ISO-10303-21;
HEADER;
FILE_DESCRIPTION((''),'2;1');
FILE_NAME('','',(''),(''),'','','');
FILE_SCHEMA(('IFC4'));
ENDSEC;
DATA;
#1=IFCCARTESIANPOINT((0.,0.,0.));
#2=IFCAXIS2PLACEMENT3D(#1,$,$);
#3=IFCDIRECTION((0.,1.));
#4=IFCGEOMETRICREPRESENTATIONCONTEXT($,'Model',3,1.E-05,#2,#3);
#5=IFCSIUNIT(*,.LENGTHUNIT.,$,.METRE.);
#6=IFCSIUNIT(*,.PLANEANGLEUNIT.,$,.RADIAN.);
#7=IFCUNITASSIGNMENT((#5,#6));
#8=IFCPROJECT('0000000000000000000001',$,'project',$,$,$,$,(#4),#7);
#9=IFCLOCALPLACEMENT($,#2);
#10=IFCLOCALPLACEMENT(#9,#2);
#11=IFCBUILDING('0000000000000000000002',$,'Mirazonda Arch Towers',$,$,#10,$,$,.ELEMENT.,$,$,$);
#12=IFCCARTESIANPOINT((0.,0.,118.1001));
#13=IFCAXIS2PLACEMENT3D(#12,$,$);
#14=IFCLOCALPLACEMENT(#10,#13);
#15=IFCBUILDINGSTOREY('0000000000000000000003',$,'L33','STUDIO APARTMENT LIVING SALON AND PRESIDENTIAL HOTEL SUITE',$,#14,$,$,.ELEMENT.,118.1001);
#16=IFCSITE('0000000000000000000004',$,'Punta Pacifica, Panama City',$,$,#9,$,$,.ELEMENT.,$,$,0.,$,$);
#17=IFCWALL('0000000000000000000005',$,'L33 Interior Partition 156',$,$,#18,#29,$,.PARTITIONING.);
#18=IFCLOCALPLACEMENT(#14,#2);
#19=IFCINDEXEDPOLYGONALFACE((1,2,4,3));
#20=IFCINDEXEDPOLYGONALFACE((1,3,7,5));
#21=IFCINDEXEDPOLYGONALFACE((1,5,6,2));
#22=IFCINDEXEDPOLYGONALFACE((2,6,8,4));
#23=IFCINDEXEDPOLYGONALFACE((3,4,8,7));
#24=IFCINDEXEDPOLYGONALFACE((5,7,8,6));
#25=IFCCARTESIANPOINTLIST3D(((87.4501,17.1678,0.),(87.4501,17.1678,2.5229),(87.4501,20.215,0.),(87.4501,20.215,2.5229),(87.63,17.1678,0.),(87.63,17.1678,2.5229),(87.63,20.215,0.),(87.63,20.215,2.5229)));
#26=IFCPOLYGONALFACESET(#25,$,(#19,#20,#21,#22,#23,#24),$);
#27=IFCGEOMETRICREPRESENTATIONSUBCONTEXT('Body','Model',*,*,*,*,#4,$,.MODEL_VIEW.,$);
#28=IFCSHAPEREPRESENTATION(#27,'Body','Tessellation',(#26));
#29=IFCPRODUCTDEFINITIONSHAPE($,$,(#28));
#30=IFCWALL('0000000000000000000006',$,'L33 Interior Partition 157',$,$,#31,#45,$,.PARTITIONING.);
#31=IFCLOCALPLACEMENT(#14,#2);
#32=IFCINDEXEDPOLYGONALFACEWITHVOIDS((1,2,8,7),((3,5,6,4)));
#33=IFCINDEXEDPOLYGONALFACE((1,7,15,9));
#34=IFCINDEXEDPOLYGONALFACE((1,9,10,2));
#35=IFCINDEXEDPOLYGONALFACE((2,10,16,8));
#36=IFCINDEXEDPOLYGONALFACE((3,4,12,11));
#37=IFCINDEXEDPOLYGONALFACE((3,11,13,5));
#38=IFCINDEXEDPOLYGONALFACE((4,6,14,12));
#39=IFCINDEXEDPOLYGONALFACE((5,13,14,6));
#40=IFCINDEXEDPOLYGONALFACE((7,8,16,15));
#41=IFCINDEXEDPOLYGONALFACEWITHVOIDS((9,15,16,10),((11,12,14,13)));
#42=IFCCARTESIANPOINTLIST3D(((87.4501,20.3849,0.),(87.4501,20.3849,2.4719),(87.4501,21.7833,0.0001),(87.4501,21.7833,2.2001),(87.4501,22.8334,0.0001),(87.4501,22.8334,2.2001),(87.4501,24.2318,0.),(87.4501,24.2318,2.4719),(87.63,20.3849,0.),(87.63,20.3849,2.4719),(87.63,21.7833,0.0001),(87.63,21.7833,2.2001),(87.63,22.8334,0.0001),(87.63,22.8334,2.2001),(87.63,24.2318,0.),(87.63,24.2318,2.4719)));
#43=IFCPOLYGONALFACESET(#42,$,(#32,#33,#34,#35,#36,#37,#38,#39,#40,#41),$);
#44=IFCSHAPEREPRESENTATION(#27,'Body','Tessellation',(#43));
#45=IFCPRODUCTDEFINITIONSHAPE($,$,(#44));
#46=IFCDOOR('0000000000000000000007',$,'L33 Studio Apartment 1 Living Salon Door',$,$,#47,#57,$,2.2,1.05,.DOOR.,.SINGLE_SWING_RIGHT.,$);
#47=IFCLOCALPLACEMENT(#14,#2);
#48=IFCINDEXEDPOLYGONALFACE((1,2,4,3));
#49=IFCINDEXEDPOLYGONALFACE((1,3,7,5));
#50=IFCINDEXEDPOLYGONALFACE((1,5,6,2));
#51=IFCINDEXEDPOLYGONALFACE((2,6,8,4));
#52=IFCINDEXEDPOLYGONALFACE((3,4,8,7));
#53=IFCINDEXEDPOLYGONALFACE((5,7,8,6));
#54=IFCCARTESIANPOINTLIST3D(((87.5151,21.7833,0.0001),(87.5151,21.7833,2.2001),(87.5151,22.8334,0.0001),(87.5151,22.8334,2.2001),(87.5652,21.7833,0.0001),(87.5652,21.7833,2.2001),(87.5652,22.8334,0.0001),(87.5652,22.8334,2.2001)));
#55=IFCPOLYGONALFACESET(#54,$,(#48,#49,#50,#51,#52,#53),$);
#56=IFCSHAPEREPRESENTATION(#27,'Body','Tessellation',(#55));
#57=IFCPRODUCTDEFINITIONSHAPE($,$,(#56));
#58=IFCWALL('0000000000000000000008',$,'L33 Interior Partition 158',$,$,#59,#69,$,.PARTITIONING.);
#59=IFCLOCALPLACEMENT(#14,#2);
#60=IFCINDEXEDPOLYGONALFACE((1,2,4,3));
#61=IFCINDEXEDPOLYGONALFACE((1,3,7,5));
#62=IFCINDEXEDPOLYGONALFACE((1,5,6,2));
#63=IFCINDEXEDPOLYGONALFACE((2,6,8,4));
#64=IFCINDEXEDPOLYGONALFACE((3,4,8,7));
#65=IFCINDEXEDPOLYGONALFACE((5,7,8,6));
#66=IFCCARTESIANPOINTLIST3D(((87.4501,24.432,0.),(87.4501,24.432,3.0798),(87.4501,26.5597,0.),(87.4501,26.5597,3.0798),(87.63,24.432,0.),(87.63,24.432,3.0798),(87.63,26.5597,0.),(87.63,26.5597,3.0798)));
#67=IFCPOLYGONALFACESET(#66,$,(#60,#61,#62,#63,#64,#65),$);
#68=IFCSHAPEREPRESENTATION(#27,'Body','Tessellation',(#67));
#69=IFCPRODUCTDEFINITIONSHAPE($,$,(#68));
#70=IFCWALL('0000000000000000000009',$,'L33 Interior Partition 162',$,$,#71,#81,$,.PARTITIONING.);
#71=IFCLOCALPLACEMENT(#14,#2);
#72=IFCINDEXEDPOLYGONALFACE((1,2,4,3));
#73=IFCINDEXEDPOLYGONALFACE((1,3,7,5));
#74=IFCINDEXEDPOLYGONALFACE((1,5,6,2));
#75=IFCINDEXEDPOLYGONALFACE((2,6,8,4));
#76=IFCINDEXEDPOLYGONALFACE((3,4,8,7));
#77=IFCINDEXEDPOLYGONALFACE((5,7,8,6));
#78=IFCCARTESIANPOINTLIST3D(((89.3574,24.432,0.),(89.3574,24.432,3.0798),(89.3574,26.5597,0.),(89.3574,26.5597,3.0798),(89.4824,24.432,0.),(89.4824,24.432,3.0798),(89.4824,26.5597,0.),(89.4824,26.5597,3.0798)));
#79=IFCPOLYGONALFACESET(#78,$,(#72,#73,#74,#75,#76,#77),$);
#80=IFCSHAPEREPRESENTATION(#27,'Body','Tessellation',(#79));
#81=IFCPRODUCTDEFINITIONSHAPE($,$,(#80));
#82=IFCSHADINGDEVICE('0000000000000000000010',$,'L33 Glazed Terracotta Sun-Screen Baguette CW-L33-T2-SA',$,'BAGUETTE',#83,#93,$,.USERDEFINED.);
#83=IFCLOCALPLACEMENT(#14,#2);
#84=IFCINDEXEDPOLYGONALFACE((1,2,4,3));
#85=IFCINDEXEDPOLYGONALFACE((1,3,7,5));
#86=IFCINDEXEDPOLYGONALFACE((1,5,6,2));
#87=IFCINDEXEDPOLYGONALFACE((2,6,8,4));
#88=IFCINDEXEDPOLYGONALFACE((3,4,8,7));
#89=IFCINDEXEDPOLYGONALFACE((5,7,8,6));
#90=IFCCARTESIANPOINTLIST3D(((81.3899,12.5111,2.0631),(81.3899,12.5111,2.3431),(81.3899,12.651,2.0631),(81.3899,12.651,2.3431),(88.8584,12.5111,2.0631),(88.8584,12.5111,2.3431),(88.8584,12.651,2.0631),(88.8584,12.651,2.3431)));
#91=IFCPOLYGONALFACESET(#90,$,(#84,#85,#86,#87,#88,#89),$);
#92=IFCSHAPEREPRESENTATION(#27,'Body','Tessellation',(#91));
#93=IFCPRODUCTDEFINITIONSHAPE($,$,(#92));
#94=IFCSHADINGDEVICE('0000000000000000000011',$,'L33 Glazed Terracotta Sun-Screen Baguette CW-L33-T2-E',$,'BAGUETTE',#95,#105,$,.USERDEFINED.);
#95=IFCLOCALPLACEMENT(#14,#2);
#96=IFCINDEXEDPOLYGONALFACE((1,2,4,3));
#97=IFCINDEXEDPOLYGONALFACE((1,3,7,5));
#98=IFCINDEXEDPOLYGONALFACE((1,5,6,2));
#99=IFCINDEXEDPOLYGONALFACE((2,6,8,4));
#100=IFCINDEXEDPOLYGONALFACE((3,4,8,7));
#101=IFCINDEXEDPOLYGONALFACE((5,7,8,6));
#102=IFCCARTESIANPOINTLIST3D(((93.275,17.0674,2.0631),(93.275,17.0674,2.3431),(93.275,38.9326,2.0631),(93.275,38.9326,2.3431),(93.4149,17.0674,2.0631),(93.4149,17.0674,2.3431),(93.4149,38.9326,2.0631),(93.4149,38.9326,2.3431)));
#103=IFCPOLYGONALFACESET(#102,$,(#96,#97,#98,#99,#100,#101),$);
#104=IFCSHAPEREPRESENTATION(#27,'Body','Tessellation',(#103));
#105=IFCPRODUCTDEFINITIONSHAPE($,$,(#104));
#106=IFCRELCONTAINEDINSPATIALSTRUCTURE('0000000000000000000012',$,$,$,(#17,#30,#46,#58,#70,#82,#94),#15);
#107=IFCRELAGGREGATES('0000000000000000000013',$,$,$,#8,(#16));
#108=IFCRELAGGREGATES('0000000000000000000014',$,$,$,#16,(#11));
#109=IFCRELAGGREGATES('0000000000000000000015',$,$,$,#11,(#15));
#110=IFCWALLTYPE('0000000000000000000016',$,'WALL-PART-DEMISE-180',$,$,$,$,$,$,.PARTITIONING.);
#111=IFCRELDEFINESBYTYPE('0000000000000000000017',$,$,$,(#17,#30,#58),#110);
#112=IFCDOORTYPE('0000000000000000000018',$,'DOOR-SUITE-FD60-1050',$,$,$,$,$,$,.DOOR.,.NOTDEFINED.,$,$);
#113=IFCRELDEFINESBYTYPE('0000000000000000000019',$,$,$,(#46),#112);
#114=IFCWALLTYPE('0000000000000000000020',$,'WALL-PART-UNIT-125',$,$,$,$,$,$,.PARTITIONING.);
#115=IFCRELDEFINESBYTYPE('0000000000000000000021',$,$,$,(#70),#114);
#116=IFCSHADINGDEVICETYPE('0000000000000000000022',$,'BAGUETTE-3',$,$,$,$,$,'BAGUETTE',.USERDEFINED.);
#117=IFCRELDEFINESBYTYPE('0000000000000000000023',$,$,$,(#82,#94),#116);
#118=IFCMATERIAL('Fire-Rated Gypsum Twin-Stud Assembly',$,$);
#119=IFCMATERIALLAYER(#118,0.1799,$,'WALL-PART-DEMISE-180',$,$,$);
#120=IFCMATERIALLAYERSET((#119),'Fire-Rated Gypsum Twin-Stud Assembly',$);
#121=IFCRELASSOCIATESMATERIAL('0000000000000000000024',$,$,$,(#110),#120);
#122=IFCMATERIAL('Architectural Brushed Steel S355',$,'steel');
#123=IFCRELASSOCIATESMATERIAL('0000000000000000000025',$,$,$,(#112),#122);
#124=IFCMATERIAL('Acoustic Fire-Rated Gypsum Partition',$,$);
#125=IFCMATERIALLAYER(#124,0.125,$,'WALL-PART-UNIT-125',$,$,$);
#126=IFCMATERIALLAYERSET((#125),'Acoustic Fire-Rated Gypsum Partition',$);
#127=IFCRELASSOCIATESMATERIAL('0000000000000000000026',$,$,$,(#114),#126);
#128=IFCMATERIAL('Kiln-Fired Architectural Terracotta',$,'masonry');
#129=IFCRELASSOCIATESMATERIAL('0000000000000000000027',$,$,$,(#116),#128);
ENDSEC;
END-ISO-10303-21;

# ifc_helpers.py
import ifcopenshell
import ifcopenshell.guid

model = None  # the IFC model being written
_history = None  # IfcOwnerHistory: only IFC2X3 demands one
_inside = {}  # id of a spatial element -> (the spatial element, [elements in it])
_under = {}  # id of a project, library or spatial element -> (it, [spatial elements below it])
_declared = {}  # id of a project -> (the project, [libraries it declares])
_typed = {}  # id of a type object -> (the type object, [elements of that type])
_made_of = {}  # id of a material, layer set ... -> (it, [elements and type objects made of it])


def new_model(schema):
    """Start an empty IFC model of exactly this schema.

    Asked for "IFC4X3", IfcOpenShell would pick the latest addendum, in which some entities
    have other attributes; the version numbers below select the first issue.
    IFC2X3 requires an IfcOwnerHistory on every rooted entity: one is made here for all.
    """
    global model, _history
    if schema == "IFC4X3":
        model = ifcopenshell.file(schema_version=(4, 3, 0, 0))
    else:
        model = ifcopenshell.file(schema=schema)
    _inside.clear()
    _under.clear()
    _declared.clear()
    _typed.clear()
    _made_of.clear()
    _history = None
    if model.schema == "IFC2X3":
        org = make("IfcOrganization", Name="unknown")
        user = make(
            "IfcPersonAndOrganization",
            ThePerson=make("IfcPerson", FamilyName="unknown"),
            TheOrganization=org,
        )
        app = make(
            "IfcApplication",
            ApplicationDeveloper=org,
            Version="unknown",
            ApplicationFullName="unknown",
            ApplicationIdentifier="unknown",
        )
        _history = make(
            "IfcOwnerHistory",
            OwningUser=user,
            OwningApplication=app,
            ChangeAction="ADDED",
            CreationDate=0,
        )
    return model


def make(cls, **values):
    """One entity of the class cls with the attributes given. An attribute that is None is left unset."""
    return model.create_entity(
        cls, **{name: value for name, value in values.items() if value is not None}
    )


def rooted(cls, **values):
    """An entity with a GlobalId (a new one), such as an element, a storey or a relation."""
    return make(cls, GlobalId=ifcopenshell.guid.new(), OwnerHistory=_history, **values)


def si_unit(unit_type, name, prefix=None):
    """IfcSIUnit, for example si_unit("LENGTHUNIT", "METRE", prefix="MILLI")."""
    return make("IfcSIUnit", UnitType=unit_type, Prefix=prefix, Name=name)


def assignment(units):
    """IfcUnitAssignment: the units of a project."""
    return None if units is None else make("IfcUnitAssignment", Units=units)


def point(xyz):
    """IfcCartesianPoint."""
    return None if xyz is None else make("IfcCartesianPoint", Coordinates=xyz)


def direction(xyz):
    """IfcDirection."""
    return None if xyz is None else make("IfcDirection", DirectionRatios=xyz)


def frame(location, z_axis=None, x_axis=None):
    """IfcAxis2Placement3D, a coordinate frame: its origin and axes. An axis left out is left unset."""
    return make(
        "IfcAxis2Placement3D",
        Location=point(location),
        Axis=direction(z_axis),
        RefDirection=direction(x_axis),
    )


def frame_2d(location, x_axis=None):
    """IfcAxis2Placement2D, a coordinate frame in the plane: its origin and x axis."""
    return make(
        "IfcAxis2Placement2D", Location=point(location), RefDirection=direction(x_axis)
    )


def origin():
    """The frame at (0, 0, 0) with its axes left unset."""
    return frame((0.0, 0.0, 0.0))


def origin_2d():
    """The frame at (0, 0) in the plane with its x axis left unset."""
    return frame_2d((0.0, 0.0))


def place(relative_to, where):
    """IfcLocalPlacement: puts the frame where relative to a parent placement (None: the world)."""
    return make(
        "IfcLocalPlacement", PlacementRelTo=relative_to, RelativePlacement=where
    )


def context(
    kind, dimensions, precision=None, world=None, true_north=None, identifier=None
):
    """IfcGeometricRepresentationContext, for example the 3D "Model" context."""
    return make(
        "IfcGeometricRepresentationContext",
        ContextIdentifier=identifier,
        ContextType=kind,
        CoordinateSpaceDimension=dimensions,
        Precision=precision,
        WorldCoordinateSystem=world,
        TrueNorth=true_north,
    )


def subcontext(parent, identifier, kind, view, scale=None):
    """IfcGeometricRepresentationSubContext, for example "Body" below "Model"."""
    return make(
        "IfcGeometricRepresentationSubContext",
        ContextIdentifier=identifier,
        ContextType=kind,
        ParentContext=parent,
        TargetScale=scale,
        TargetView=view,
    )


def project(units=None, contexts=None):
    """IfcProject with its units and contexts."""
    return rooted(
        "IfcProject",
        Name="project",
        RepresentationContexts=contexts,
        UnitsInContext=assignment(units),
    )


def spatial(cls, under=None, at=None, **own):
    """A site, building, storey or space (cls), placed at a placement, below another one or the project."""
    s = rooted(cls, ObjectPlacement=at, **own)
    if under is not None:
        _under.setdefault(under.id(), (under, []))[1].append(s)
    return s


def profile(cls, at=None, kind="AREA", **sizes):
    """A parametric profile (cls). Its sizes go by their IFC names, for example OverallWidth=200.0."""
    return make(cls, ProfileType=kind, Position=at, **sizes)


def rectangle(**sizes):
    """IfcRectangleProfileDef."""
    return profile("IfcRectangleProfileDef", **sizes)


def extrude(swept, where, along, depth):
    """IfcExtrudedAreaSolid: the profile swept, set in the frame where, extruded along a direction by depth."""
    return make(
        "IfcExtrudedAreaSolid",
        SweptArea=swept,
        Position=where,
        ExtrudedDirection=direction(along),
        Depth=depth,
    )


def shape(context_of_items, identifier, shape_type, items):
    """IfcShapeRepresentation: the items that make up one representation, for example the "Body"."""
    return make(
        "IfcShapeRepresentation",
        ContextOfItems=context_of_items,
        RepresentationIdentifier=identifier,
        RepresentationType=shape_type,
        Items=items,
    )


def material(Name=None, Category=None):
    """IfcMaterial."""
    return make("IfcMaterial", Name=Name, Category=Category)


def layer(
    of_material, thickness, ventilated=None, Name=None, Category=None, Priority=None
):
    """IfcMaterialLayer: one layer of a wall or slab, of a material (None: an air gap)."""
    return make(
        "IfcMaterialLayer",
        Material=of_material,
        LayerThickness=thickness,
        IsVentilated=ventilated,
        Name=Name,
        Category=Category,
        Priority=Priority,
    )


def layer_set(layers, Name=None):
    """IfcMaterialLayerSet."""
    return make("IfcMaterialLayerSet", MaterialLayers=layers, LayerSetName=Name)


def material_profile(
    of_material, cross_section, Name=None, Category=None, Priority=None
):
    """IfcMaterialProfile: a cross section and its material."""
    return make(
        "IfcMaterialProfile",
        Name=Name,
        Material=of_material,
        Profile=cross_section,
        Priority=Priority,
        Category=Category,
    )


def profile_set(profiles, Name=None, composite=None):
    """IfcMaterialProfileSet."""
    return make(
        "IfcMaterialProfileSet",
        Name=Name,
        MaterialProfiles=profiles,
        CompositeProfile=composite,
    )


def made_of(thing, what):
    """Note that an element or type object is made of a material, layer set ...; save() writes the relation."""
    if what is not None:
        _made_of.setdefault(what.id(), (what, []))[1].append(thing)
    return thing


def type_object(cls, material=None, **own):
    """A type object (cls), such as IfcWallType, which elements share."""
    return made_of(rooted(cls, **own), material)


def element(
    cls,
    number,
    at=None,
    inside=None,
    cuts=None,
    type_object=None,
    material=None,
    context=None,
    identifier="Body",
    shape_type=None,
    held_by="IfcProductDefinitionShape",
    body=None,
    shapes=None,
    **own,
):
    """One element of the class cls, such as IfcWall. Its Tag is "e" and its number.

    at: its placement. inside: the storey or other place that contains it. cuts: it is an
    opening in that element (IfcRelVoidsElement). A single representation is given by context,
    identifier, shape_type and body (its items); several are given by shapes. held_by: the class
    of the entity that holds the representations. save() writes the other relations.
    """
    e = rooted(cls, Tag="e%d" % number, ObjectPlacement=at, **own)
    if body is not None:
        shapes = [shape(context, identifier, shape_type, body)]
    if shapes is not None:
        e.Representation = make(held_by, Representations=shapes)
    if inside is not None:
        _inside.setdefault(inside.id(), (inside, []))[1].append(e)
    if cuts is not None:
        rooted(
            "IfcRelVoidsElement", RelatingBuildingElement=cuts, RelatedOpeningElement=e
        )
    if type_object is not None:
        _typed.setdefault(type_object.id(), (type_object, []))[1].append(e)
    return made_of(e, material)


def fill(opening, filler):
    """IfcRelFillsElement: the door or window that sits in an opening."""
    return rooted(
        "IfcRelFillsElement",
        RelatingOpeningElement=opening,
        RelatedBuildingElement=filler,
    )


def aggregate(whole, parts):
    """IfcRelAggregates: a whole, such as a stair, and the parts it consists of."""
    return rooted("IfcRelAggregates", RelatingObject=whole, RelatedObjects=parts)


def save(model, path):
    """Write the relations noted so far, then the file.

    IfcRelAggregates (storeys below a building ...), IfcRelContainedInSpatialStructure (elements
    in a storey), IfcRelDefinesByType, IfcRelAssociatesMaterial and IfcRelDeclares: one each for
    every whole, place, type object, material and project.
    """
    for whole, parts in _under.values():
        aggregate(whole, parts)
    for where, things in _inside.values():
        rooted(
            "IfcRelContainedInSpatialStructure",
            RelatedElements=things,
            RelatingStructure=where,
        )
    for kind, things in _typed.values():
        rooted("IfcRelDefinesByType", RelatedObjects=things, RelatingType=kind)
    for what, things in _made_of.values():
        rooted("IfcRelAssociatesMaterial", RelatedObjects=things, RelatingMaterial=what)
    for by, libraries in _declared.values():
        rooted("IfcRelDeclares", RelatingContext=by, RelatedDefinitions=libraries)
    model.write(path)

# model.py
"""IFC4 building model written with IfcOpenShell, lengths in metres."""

from ifc_helpers import new_model, si_unit, direction, frame, frame_2d, origin, origin_2d, place, context, subcontext, project, spatial, rectangle, extrude, material, layer, layer_set, material_profile, profile_set, type_object, element, fill, save


model = new_model("IFC4")

# Units and contexts
model_context = context("Model", 3, precision=1e-05, world=origin(), true_north=direction((0.0, 1.0)))
body_context = subcontext(model_context, "Body", "Model", "MODEL_VIEW")
ifc_project = project(units=[si_unit("LENGTHUNIT", "METRE"), si_unit("PLANEANGLEUNIT", "RADIAN")], contexts=[model_context])

# Site, building, storey
site_placement = place(None, origin())
site = spatial("IfcSite", under=ifc_project, at=site_placement, Name="Punta Pacifica, Panama City", CompositionType="ELEMENT", RefElevation=0.0)
building_placement = place(site_placement, origin())
building = spatial("IfcBuilding", under=site, at=building_placement, Name="Mirazonda Arch Towers", CompositionType="ELEMENT")
storey_placement = place(building_placement, frame((0.0, 0.0, 118.1001)))
storey = spatial("IfcBuildingStorey", under=building, at=storey_placement, Name="L33", Description="STUDIO APARTMENT LIVING SALON AND PRESIDENTIAL HOTEL SUITE", CompositionType="ELEMENT", Elevation=118.1001)

# Shared definitions
ifc_material_1 = material(Name="Fire-Rated Gypsum Twin-Stud Assembly")
ifc_layer_1 = layer(ifc_material_1, 0.1799, Name="WALL-PART-DEMISE-180")
ifc_layer_set_1 = layer_set([ifc_layer_1], Name="Fire-Rated Gypsum Twin-Stud Assembly")
wall_type_1 = type_object("IfcWallType", Name="WALL-PART-DEMISE-180", PredefinedType="PARTITIONING", material=ifc_layer_set_1)

# Shared definitions
ifc_material_2 = material(Name="Architectural Brushed Steel S355", Category="steel")

# Wall
wall_1_placement = place(storey_placement, frame((87.54, 17.168, 0.0), z_axis=(0.0, 0.0, 1.0), x_axis=(0.0, 1.0, 0.0)))
element("IfcWall", 1, at=wall_1_placement, inside=storey, type_object=wall_type_1, Name="L33 Interior Partition 156", PredefinedType="PARTITIONING", context=body_context, shape_type="SweptSolid", body=[
    extrude(rectangle(XDim=3.0471, YDim=0.1799, at=frame_2d((1.5234, 0.0))), origin(), (0.0, 0.0, 1.0), 2.5229),
])

# Wall, opening, door
wall_2_placement = place(storey_placement, frame((87.54, 20.385, 0.0), z_axis=(0.0, 0.0, 1.0), x_axis=(0.0, 1.0, 0.0)))
wall_2 = element("IfcWall", 2, at=wall_2_placement, inside=storey, type_object=wall_type_1, Name="L33 Interior Partition 157", PredefinedType="PARTITIONING", context=body_context, shape_type="SweptSolid", body=[
    extrude(rectangle(XDim=3.8469, YDim=0.1799, at=frame_2d((1.9233, 0.0))), origin(), (0.0, 0.0, 1.0), 2.4719),
])
opening_1_placement = place(wall_2_placement, frame((1.3984, 0.0, 0.0)))
opening_1 = element("IfcOpeningElement", 3, at=opening_1_placement, cuts=wall_2, PredefinedType="OPENING", context=body_context, shape_type="SweptSolid", body=[
    extrude(rectangle(XDim=1.05, YDim=2.2, at=frame_2d((0.5249, 1.1001))), frame((0.0, 0.0999, 0.0), z_axis=(0.0, -1.0, 0.0), x_axis=(1.0, 0.0, 0.0)), (0.0, 0.0, 1.0), 0.2),
])
door_type_1 = type_object("IfcDoorType", Name="DOOR-SUITE-FD60-1050", OperationType="NOTDEFINED", PredefinedType="DOOR", material=ifc_material_2)
door_1_placement = place(opening_1_placement, origin())
door_1 = element("IfcDoor", 4, at=door_1_placement, inside=storey, type_object=door_type_1, Name="L33 Studio Apartment 1 Living Salon Door", OperationType="SINGLE_SWING_RIGHT", OverallHeight=2.2, OverallWidth=1.05, PredefinedType="DOOR", context=body_context, shape_type="SweptSolid", body=[
    extrude(rectangle(XDim=1.05, YDim=2.2, at=frame_2d((0.5249, 1.1001))), frame((0.0, 0.0249, 0.0), z_axis=(0.0, -1.0, 0.0), x_axis=(1.0, 0.0, 0.0)), (0.0, 0.0, 1.0), 0.05),
])
fill(opening_1, door_1)

# Walls
wall_3_placement = place(storey_placement, frame((87.54, 24.4319, 0.0), z_axis=(0.0, 0.0, 1.0), x_axis=(0.0, 1.0, 0.0)))
element("IfcWall", 5, at=wall_3_placement, inside=storey, type_object=wall_type_1, Name="L33 Interior Partition 158", PredefinedType="PARTITIONING", context=body_context, shape_type="SweptSolid", body=[
    extrude(rectangle(XDim=2.1277, YDim=0.1799, at=frame_2d((1.064, 0.0))), origin(), (0.0, 0.0, 1.0), 3.0798),
])
ifc_material_3 = material(Name="Acoustic Fire-Rated Gypsum Partition")
ifc_layer_2 = layer(ifc_material_3, 0.125, Name="WALL-PART-UNIT-125")
ifc_layer_set_2 = layer_set([ifc_layer_2], Name="Acoustic Fire-Rated Gypsum Partition")
wall_type_2 = type_object("IfcWallType", Name="WALL-PART-UNIT-125", PredefinedType="PARTITIONING", material=ifc_layer_set_2)
wall_4_placement = place(storey_placement, frame((89.4199, 24.4319, 0.0), z_axis=(0.0, 0.0, 1.0), x_axis=(0.0, 1.0, 0.0)))
element("IfcWall", 6, at=wall_4_placement, inside=storey, type_object=wall_type_2, Name="L33 Interior Partition 162", PredefinedType="PARTITIONING", context=body_context, shape_type="SweptSolid", body=[
    extrude(rectangle(XDim=2.1277, YDim=0.125, at=frame_2d((1.064, 0.0))), origin(), (0.0, 0.0, 1.0), 3.0798),
])

# Shading devices
ifc_material_4 = material(Name="Kiln-Fired Architectural Terracotta", Category="masonry")
ifc_material_profile_1 = material_profile(ifc_material_4, rectangle(XDim=0.1399, YDim=0.28, at=origin_2d()), Name="TERRA-BAG-140x280")
ifc_profile_set_1 = profile_set([ifc_material_profile_1], Name="Kiln-Fired Architectural Terracotta")
shading_device_type = type_object("IfcShadingDeviceType", Name="BAGUETTE-3", ElementType="BAGUETTE", PredefinedType="USERDEFINED", material=ifc_profile_set_1)
shading_device_1_placement = place(storey_placement, frame((88.8584, 12.5811, 2.2031), z_axis=(-1.0, 0.0, 0.0), x_axis=(0.0, -1.0, 0.0)))
element("IfcShadingDevice", 7, at=shading_device_1_placement, inside=storey, type_object=shading_device_type, Name="L33 Glazed Terracotta Sun-Screen Baguette CW-L33-T2-SA", ObjectType="BAGUETTE", PredefinedType="USERDEFINED", context=body_context, shape_type="SweptSolid", body=[
    extrude(rectangle(XDim=0.1399, YDim=0.28, at=origin_2d()), origin(), (0.0, 0.0, 1.0), 7.4685),
])
shading_device_2_placement = place(storey_placement, frame((93.345, 17.0674, 2.2031), z_axis=(0.0, 1.0, 0.0), x_axis=(-1.0, 0.0, 0.0)))
element("IfcShadingDevice", 8, at=shading_device_2_placement, inside=storey, type_object=shading_device_type, Name="L33 Glazed Terracotta Sun-Screen Baguette CW-L33-T2-E", ObjectType="BAGUETTE", PredefinedType="USERDEFINED", context=body_context, shape_type="SweptSolid", body=[
    extrude(rectangle(XDim=0.1399, YDim=0.28, at=origin_2d()), origin(), (0.0, 0.0, 1.0), 21.8652),
])

save(model, "model.ifc")
